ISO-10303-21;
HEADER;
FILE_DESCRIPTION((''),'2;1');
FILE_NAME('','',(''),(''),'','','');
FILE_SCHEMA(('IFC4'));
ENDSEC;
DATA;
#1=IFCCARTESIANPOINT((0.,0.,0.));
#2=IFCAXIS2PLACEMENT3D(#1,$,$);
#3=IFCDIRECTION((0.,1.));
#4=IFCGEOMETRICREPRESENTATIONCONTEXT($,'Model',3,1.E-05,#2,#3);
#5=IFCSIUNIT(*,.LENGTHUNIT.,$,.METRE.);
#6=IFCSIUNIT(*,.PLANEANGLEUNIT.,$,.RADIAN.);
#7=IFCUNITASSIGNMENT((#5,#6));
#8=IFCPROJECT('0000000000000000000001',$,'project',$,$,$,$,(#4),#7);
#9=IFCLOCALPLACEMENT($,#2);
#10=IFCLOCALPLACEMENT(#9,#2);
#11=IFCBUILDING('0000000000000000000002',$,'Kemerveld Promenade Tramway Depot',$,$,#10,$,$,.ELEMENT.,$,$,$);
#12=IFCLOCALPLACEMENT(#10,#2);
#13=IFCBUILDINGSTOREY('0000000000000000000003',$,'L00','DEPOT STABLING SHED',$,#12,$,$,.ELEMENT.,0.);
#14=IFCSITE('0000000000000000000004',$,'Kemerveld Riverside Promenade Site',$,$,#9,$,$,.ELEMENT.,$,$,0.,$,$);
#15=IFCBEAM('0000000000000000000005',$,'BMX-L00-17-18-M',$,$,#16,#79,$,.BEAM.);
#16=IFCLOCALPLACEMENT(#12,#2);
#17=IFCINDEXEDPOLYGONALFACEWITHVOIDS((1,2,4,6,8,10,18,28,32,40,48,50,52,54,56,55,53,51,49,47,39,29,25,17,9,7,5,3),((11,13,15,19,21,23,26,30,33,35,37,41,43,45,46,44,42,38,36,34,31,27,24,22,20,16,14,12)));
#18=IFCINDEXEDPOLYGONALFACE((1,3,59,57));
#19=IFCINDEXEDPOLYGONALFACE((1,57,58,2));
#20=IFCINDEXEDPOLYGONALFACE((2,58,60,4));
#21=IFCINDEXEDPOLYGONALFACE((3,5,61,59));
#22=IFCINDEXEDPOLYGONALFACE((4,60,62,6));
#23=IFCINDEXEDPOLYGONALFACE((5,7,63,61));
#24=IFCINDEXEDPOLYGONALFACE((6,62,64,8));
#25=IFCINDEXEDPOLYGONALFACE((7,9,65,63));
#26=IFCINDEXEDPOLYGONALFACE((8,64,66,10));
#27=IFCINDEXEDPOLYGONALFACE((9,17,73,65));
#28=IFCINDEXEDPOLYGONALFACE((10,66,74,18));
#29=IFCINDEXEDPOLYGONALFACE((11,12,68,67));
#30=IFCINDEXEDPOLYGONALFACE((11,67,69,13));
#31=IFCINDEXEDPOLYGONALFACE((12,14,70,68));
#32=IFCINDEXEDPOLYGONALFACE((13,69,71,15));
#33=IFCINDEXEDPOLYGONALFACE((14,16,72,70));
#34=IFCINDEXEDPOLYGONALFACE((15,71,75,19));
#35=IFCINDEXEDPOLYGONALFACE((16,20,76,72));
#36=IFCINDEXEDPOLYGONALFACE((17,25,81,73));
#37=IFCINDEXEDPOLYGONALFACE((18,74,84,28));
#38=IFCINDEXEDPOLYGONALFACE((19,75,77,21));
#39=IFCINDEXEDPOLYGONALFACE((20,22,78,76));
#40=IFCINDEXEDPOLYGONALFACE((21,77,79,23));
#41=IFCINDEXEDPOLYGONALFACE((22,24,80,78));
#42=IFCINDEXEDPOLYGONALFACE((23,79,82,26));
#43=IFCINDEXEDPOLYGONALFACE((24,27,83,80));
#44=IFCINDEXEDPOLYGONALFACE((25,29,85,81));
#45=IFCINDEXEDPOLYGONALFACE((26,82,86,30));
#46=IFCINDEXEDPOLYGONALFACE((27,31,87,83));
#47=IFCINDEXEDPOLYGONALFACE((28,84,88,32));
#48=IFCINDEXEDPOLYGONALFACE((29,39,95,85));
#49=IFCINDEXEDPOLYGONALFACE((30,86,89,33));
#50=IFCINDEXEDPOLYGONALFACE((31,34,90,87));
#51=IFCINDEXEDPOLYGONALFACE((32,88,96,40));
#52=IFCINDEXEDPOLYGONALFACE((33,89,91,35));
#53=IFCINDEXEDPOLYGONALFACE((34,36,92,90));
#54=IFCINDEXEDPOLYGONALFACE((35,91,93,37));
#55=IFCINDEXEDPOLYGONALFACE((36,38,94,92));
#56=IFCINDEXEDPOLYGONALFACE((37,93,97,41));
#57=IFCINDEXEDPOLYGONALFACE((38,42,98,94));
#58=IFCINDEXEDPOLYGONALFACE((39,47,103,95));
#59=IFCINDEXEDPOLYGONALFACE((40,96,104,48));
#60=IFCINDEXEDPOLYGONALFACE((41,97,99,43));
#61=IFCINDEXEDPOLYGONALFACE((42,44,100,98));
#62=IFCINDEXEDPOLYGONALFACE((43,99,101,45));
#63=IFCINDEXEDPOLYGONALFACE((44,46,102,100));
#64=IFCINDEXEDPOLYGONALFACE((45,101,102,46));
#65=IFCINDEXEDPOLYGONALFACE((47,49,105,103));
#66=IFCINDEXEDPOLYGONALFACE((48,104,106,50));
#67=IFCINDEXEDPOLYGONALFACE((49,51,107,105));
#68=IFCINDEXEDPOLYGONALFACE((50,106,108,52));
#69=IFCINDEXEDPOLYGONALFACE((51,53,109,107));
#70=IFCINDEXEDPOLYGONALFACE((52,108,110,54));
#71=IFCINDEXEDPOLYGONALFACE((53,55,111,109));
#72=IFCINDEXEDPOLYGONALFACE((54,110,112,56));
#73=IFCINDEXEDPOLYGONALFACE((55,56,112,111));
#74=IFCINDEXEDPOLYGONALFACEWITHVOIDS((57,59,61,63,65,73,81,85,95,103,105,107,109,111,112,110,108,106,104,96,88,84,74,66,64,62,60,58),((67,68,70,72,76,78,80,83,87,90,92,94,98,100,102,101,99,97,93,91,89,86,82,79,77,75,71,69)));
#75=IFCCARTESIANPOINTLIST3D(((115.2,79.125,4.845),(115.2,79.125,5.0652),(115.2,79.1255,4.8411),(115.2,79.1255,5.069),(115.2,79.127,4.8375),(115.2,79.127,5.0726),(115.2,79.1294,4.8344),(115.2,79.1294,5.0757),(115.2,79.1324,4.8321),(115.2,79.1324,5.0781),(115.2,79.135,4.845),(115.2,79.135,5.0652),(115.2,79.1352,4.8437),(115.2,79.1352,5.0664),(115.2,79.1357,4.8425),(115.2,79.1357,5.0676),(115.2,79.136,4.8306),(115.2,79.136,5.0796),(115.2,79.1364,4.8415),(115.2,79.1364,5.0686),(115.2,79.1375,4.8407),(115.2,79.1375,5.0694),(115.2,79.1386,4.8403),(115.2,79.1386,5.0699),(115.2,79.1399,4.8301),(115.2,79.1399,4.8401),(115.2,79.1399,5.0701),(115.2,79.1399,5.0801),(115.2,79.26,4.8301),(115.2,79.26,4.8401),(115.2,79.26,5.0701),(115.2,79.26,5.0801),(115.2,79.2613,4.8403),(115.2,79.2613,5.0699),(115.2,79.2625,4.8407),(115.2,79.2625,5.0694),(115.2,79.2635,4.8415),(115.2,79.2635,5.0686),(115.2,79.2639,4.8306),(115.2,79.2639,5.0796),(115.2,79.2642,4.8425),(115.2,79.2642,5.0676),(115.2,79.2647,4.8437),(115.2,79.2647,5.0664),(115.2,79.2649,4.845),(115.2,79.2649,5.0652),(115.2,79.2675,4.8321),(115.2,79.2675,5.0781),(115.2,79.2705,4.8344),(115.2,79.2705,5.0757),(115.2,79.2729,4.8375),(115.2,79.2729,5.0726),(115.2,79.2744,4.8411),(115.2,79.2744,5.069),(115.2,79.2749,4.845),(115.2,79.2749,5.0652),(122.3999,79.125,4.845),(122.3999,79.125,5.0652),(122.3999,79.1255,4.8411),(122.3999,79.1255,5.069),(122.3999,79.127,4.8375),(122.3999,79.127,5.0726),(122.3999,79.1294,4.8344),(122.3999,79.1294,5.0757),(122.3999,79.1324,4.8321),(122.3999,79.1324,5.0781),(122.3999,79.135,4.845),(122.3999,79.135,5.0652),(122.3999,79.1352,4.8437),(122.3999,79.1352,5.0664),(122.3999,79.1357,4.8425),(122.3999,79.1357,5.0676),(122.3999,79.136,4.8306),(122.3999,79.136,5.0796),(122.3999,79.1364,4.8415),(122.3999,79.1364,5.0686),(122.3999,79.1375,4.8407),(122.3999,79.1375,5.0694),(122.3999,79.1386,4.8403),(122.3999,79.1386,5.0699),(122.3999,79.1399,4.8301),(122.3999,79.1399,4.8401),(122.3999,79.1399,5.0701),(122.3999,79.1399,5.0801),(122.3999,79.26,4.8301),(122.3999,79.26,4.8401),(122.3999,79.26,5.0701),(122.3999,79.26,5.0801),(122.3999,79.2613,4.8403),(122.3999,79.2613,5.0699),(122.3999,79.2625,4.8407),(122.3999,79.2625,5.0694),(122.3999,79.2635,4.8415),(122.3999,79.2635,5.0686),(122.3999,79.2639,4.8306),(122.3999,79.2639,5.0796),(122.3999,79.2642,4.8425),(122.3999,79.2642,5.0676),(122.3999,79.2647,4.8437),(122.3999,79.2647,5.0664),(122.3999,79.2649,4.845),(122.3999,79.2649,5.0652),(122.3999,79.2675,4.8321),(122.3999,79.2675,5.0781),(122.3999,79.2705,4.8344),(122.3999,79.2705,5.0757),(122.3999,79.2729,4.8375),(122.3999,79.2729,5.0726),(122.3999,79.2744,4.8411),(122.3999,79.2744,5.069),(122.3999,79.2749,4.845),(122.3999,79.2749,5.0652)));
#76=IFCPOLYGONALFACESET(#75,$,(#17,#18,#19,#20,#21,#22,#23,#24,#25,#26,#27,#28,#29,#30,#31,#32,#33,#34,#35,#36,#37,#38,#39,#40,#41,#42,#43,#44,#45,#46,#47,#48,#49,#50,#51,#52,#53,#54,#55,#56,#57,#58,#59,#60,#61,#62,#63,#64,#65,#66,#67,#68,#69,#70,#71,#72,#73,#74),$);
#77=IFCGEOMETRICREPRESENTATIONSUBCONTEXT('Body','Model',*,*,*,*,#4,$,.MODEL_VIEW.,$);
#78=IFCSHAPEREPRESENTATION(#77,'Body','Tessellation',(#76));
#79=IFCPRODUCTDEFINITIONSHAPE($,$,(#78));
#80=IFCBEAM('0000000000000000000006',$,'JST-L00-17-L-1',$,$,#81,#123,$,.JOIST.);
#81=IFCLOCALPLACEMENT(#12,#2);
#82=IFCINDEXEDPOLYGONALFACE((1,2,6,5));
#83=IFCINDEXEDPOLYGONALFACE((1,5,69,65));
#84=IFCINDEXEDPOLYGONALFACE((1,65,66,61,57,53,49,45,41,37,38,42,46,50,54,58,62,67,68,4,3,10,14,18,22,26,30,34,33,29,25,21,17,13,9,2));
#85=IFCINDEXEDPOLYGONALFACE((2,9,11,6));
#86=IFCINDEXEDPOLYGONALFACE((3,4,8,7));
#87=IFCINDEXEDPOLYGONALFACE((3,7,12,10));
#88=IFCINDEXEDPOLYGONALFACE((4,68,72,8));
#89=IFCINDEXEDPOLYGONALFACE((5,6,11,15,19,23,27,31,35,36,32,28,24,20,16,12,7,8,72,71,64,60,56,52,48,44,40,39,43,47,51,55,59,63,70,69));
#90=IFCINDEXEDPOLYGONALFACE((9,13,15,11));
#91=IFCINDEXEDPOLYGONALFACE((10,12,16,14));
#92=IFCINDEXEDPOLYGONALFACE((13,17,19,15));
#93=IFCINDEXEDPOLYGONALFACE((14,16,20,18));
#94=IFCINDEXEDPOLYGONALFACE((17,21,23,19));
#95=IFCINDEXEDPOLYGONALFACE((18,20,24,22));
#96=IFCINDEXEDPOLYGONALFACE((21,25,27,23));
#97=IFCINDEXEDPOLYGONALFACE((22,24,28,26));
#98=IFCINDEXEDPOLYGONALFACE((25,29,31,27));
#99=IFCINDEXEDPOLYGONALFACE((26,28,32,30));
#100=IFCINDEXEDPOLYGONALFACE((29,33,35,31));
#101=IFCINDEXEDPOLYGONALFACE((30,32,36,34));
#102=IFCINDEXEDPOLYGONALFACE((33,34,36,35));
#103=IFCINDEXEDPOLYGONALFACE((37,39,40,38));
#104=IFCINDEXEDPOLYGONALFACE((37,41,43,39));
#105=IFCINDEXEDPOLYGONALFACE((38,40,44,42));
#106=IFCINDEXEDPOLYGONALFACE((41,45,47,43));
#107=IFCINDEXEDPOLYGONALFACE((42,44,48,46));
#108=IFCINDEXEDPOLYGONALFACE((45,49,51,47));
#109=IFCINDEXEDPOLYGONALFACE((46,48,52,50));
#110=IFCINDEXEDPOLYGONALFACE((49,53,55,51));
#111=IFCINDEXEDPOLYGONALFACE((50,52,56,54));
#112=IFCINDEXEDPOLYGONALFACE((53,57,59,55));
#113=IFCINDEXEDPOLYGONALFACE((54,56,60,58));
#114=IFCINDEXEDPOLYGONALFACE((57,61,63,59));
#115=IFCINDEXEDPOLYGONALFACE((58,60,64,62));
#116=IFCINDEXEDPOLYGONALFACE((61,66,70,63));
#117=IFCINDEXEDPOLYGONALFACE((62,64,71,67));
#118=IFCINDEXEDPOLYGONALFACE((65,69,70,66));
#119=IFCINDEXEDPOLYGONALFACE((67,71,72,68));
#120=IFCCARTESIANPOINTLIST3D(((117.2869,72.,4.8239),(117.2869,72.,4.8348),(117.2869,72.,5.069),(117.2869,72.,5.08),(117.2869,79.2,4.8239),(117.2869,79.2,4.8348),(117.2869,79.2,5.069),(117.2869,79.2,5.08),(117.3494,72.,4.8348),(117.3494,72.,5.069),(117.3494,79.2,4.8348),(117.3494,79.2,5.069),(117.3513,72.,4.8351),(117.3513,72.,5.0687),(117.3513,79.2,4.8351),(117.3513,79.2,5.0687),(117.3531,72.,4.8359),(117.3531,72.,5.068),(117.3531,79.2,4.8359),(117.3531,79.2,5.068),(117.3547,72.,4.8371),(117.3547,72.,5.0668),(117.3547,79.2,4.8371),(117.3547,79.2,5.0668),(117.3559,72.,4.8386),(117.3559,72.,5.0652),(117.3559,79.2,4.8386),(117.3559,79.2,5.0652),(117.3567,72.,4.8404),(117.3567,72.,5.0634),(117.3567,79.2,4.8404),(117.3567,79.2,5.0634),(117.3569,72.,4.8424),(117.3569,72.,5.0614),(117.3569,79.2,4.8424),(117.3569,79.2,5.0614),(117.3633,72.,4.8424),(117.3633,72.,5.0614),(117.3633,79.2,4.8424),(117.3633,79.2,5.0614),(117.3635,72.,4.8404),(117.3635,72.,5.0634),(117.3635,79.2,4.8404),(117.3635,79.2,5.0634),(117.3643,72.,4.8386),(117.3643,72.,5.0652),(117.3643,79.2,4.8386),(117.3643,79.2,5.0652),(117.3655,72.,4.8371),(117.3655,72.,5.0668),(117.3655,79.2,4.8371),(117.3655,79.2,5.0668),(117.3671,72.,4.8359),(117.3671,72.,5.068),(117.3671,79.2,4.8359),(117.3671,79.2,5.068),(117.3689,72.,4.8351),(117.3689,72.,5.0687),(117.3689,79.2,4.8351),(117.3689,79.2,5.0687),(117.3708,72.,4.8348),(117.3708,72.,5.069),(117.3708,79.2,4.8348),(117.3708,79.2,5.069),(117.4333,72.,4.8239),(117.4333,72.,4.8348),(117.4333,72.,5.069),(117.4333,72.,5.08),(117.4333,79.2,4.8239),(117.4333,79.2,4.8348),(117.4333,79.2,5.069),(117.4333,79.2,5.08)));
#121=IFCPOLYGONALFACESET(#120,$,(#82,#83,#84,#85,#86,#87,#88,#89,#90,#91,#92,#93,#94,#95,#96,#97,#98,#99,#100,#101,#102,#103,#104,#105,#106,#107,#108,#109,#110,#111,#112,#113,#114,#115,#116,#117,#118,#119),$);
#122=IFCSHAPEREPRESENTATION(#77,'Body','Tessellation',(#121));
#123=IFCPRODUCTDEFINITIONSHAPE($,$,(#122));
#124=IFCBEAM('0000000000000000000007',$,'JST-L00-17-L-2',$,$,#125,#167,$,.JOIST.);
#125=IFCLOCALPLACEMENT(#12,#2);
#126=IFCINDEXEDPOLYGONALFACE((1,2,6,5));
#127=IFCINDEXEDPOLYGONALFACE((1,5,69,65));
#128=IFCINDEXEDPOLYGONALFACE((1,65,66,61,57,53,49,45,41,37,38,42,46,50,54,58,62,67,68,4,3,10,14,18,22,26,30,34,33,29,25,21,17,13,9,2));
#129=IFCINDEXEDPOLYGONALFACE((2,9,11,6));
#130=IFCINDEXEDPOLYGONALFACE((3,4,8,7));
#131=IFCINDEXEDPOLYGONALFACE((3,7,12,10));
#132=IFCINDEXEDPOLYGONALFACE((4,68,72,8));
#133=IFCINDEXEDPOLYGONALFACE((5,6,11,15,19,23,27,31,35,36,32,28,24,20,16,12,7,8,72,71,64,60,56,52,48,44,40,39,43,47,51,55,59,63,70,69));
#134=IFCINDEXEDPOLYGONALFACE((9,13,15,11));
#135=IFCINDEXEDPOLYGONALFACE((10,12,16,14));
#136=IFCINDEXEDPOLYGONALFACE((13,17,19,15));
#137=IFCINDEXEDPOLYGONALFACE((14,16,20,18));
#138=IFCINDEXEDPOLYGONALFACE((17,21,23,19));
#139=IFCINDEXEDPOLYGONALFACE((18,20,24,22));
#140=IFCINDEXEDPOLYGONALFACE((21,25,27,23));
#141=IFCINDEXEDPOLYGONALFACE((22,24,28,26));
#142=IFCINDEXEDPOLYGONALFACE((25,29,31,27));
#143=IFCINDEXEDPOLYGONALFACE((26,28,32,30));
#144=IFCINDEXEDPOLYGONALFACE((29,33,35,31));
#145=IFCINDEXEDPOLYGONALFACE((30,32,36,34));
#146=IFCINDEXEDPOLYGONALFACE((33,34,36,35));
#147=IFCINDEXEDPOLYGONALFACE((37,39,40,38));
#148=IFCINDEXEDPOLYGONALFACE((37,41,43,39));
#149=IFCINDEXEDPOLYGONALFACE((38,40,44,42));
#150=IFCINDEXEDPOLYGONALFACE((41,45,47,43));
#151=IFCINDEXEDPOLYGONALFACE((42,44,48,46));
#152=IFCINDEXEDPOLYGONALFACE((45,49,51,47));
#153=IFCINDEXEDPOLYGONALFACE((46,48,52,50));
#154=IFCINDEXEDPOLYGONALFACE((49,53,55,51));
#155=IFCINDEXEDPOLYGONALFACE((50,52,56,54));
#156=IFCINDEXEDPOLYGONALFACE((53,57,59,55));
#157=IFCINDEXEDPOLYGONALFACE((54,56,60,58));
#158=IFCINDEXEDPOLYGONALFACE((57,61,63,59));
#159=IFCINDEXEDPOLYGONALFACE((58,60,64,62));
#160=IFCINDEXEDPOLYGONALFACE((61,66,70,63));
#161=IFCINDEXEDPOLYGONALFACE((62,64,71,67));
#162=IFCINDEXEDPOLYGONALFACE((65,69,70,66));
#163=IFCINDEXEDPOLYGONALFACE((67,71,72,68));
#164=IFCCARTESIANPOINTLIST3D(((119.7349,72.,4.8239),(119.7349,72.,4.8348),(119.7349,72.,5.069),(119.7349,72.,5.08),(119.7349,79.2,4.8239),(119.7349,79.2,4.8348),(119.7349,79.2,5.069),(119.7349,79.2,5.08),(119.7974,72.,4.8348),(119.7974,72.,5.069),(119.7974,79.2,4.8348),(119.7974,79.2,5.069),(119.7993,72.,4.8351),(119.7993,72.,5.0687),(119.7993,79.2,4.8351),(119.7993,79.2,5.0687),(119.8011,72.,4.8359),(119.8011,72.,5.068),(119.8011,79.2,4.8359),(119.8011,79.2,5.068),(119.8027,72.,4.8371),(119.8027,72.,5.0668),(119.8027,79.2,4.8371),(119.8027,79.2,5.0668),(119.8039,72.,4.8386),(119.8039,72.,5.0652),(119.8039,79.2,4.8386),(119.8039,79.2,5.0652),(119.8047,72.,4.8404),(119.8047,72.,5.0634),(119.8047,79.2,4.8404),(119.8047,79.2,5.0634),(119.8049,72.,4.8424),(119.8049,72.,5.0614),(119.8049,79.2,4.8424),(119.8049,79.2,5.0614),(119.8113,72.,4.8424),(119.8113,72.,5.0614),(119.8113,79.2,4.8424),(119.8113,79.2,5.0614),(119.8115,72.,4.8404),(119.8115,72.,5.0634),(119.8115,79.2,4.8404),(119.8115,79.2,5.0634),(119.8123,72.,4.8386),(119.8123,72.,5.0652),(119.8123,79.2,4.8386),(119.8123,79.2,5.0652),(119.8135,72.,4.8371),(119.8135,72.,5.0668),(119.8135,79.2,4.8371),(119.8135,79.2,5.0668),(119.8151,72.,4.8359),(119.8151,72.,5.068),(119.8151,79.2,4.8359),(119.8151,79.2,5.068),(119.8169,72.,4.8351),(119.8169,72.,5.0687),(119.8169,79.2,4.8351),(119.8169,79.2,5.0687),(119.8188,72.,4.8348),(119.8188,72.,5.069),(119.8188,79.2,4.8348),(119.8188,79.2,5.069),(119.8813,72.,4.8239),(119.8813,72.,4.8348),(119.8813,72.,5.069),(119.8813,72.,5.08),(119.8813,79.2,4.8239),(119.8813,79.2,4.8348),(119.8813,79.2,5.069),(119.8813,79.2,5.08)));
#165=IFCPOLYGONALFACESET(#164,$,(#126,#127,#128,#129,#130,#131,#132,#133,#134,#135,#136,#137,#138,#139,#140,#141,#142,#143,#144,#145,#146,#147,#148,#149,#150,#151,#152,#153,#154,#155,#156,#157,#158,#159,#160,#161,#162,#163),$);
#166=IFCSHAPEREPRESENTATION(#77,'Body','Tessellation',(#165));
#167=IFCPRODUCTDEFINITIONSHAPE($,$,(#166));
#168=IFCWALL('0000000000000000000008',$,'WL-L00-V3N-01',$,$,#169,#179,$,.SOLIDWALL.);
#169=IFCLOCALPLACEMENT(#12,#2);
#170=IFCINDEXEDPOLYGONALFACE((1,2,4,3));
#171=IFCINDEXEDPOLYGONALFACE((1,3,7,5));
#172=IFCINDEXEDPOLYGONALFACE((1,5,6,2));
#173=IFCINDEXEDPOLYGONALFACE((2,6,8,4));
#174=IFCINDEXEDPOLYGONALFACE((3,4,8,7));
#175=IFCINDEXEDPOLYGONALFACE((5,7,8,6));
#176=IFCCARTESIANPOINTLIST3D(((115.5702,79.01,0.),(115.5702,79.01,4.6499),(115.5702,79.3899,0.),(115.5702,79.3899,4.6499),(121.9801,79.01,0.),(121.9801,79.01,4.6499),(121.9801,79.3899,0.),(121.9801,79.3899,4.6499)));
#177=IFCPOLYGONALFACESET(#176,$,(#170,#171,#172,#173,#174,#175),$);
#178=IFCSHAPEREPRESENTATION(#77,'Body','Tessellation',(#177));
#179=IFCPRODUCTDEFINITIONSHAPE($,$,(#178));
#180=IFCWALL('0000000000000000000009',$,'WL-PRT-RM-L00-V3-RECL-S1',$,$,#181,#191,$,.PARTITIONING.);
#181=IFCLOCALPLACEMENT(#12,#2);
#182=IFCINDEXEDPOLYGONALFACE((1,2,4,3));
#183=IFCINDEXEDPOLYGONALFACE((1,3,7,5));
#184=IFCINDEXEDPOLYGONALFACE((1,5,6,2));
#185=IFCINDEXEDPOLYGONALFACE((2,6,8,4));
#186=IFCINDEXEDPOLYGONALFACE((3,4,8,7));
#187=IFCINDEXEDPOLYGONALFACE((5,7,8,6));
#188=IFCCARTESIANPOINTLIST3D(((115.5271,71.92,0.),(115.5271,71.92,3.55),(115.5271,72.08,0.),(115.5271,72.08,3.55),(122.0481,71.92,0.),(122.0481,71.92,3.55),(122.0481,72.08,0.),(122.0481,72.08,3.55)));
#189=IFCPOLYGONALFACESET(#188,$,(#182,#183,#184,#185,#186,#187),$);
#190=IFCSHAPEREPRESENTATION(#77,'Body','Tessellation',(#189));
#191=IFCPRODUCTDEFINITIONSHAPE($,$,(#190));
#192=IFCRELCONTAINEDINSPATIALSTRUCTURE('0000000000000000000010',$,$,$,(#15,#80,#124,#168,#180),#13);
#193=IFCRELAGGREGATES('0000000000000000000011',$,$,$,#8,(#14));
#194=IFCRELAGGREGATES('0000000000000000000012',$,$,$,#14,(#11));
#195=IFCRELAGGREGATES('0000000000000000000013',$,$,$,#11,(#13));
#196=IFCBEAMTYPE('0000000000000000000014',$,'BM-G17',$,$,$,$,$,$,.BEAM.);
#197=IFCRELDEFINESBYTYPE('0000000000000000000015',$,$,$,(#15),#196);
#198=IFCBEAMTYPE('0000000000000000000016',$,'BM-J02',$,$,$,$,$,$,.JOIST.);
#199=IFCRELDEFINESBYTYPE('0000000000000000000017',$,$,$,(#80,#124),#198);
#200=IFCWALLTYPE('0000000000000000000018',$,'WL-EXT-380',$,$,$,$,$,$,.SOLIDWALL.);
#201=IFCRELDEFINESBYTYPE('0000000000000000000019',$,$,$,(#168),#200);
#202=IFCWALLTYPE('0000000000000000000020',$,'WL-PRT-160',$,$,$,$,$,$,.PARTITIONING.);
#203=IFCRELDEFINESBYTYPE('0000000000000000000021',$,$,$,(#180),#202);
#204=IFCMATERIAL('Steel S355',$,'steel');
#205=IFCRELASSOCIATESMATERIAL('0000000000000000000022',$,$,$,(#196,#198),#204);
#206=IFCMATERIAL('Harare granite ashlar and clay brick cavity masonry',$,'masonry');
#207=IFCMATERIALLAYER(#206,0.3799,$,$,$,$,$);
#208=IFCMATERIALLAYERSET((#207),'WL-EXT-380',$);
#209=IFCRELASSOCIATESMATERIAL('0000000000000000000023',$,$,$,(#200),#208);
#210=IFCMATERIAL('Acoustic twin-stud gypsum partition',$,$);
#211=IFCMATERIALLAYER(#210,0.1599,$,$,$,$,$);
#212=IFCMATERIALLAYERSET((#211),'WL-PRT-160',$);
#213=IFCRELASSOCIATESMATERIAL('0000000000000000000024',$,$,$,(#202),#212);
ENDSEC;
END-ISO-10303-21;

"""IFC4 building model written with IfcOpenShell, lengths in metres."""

from ifc_helpers import new_model, si_unit, direction, frame, frame_2d, origin, origin_2d, place, context, subcontext, project, spatial, rectangle, hollow_rectangle, i_section, extrude, material, layer, layer_set, material_profile, profile_set, type_object, element, save


model = new_model("IFC4")

# Units and contexts
model_context = context("Model", 3, precision=1e-05, world=origin(), true_north=direction((0.0, 1.0)))
body_context = subcontext(model_context, "Body", "Model", "MODEL_VIEW")
ifc_project = project(units=[si_unit("LENGTHUNIT", "METRE"), si_unit("PLANEANGLEUNIT", "RADIAN")], contexts=[model_context])

# Site, building, storey
site_placement = place(None, origin())
site = spatial("IfcSite", under=ifc_project, at=site_placement, Name="Kemerveld Riverside Promenade Site", CompositionType="ELEMENT", RefElevation=0.0)
building_placement = place(site_placement, origin())
building = spatial("IfcBuilding", under=site, at=building_placement, Name="Kemerveld Promenade Tramway Depot", CompositionType="ELEMENT")
storey_placement = place(building_placement, origin())
storey = spatial("IfcBuildingStorey", under=building, at=storey_placement, Name="L00", Description="DEPOT STABLING SHED", CompositionType="ELEMENT", Elevation=0.0)

# Beams
ifc_material_1 = material(Name="Steel S355", Category="steel")
ifc_material_profile_1 = material_profile(ifc_material_1, hollow_rectangle(XDim=0.1499, YDim=0.25, WallThickness=0.01, InnerFilletRadius=0.0049, OuterFilletRadius=0.0149, at=origin_2d()), Name="250x150x10.0 RHS")
ifc_profile_set_1 = profile_set([ifc_material_profile_1], Name="Steel S355")
beam_type_1 = type_object("IfcBeamType", Name="BM-G17", PredefinedType="BEAM", material=ifc_profile_set_1)
beam_1_placement = place(storey_placement, frame((115.2, 79.2, 4.9551), z_axis=(1.0, 0.0, 0.0), x_axis=(0.0, 1.0, 0.0)))
element("IfcBeam", 1, at=beam_1_placement, inside=storey, type_object=beam_type_1, Name="BMX-L00-17-18-M", PredefinedType="BEAM", context=body_context, shape_type="SweptSolid", body=[
    extrude(hollow_rectangle(XDim=0.1499, YDim=0.25, WallThickness=0.01, InnerFilletRadius=0.0049, OuterFilletRadius=0.0149, at=origin_2d()), origin(), (0.0, 0.0, 1.0), 7.2),
])
ifc_material_profile_2 = material_profile(ifc_material_1, i_section(OverallWidth=0.1465, OverallDepth=0.2561, WebThickness=0.0063, FlangeThickness=0.011, FilletRadius=0.0076, at=origin_2d()), Name="254x146x37 UB")
ifc_profile_set_2 = profile_set([ifc_material_profile_2], Name="Steel S355")
beam_type_2 = type_object("IfcBeamType", Name="BM-J02", PredefinedType="JOIST", material=ifc_profile_set_2)
for number, where, z_axis, x_axis, name in (
    (2, (117.3601, 72.0, 4.9519), (0.0, 1.0, 0.0), (-1.0, 0.0, 0.0), "JST-L00-17-L-1"),
    (3, (119.8081, 72.0, 4.9519), (0.0, 1.0, 0.0), (-1.0, 0.0, 0.0), "JST-L00-17-L-2"),
):
    element("IfcBeam", number, at=place(storey_placement, frame(where, z_axis=z_axis, x_axis=x_axis)), inside=storey, type_object=beam_type_2, Name=name, PredefinedType="JOIST", context=body_context, shape_type="SweptSolid", body=[
        extrude(i_section(OverallWidth=0.1465, OverallDepth=0.2561, WebThickness=0.0063, FlangeThickness=0.011, FilletRadius=0.0076, at=origin_2d()), origin(), (0.0, 0.0, 1.0), 7.2),
    ])

# Walls
ifc_material_2 = material(Name="Harare granite ashlar and clay brick cavity masonry", Category="masonry")
ifc_layer_1 = layer(ifc_material_2, 0.3799)
ifc_layer_set_1 = layer_set([ifc_layer_1], Name="WL-EXT-380")
wall_type_1 = type_object("IfcWallType", Name="WL-EXT-380", PredefinedType="SOLIDWALL", material=ifc_layer_set_1)
wall_1_placement = place(storey_placement, frame((115.5701, 79.2, 0.0), z_axis=(0.0, 0.0, 1.0), x_axis=(1.0, 0.0, 0.0)))
element("IfcWall", 4, at=wall_1_placement, inside=storey, type_object=wall_type_1, Name="WL-L00-V3N-01", PredefinedType="SOLIDWALL", context=body_context, shape_type="SweptSolid", body=[
    extrude(rectangle(XDim=6.4099, YDim=0.3799, at=frame_2d((3.2051, 0.0))), origin(), (0.0, 0.0, 1.0), 4.6499),
])
ifc_material_3 = material(Name="Acoustic twin-stud gypsum partition")
ifc_layer_2 = layer(ifc_material_3, 0.1599)
ifc_layer_set_2 = layer_set([ifc_layer_2], Name="WL-PRT-160")
wall_type_2 = type_object("IfcWallType", Name="WL-PRT-160", PredefinedType="PARTITIONING", material=ifc_layer_set_2)
wall_2_placement = place(storey_placement, frame((115.5271, 72.0, 0.0), z_axis=(0.0, 0.0, 1.0), x_axis=(1.0, 0.0, 0.0)))
element("IfcWall", 5, at=wall_2_placement, inside=storey, type_object=wall_type_2, Name="WL-PRT-RM-L00-V3-RECL-S1", PredefinedType="PARTITIONING", context=body_context, shape_type="SweptSolid", body=[
    extrude(rectangle(XDim=6.521, YDim=0.1599, at=frame_2d((3.2605, 0.0))), origin(), (0.0, 0.0, 1.0), 3.55),
])

save(model, "model.ifc")
